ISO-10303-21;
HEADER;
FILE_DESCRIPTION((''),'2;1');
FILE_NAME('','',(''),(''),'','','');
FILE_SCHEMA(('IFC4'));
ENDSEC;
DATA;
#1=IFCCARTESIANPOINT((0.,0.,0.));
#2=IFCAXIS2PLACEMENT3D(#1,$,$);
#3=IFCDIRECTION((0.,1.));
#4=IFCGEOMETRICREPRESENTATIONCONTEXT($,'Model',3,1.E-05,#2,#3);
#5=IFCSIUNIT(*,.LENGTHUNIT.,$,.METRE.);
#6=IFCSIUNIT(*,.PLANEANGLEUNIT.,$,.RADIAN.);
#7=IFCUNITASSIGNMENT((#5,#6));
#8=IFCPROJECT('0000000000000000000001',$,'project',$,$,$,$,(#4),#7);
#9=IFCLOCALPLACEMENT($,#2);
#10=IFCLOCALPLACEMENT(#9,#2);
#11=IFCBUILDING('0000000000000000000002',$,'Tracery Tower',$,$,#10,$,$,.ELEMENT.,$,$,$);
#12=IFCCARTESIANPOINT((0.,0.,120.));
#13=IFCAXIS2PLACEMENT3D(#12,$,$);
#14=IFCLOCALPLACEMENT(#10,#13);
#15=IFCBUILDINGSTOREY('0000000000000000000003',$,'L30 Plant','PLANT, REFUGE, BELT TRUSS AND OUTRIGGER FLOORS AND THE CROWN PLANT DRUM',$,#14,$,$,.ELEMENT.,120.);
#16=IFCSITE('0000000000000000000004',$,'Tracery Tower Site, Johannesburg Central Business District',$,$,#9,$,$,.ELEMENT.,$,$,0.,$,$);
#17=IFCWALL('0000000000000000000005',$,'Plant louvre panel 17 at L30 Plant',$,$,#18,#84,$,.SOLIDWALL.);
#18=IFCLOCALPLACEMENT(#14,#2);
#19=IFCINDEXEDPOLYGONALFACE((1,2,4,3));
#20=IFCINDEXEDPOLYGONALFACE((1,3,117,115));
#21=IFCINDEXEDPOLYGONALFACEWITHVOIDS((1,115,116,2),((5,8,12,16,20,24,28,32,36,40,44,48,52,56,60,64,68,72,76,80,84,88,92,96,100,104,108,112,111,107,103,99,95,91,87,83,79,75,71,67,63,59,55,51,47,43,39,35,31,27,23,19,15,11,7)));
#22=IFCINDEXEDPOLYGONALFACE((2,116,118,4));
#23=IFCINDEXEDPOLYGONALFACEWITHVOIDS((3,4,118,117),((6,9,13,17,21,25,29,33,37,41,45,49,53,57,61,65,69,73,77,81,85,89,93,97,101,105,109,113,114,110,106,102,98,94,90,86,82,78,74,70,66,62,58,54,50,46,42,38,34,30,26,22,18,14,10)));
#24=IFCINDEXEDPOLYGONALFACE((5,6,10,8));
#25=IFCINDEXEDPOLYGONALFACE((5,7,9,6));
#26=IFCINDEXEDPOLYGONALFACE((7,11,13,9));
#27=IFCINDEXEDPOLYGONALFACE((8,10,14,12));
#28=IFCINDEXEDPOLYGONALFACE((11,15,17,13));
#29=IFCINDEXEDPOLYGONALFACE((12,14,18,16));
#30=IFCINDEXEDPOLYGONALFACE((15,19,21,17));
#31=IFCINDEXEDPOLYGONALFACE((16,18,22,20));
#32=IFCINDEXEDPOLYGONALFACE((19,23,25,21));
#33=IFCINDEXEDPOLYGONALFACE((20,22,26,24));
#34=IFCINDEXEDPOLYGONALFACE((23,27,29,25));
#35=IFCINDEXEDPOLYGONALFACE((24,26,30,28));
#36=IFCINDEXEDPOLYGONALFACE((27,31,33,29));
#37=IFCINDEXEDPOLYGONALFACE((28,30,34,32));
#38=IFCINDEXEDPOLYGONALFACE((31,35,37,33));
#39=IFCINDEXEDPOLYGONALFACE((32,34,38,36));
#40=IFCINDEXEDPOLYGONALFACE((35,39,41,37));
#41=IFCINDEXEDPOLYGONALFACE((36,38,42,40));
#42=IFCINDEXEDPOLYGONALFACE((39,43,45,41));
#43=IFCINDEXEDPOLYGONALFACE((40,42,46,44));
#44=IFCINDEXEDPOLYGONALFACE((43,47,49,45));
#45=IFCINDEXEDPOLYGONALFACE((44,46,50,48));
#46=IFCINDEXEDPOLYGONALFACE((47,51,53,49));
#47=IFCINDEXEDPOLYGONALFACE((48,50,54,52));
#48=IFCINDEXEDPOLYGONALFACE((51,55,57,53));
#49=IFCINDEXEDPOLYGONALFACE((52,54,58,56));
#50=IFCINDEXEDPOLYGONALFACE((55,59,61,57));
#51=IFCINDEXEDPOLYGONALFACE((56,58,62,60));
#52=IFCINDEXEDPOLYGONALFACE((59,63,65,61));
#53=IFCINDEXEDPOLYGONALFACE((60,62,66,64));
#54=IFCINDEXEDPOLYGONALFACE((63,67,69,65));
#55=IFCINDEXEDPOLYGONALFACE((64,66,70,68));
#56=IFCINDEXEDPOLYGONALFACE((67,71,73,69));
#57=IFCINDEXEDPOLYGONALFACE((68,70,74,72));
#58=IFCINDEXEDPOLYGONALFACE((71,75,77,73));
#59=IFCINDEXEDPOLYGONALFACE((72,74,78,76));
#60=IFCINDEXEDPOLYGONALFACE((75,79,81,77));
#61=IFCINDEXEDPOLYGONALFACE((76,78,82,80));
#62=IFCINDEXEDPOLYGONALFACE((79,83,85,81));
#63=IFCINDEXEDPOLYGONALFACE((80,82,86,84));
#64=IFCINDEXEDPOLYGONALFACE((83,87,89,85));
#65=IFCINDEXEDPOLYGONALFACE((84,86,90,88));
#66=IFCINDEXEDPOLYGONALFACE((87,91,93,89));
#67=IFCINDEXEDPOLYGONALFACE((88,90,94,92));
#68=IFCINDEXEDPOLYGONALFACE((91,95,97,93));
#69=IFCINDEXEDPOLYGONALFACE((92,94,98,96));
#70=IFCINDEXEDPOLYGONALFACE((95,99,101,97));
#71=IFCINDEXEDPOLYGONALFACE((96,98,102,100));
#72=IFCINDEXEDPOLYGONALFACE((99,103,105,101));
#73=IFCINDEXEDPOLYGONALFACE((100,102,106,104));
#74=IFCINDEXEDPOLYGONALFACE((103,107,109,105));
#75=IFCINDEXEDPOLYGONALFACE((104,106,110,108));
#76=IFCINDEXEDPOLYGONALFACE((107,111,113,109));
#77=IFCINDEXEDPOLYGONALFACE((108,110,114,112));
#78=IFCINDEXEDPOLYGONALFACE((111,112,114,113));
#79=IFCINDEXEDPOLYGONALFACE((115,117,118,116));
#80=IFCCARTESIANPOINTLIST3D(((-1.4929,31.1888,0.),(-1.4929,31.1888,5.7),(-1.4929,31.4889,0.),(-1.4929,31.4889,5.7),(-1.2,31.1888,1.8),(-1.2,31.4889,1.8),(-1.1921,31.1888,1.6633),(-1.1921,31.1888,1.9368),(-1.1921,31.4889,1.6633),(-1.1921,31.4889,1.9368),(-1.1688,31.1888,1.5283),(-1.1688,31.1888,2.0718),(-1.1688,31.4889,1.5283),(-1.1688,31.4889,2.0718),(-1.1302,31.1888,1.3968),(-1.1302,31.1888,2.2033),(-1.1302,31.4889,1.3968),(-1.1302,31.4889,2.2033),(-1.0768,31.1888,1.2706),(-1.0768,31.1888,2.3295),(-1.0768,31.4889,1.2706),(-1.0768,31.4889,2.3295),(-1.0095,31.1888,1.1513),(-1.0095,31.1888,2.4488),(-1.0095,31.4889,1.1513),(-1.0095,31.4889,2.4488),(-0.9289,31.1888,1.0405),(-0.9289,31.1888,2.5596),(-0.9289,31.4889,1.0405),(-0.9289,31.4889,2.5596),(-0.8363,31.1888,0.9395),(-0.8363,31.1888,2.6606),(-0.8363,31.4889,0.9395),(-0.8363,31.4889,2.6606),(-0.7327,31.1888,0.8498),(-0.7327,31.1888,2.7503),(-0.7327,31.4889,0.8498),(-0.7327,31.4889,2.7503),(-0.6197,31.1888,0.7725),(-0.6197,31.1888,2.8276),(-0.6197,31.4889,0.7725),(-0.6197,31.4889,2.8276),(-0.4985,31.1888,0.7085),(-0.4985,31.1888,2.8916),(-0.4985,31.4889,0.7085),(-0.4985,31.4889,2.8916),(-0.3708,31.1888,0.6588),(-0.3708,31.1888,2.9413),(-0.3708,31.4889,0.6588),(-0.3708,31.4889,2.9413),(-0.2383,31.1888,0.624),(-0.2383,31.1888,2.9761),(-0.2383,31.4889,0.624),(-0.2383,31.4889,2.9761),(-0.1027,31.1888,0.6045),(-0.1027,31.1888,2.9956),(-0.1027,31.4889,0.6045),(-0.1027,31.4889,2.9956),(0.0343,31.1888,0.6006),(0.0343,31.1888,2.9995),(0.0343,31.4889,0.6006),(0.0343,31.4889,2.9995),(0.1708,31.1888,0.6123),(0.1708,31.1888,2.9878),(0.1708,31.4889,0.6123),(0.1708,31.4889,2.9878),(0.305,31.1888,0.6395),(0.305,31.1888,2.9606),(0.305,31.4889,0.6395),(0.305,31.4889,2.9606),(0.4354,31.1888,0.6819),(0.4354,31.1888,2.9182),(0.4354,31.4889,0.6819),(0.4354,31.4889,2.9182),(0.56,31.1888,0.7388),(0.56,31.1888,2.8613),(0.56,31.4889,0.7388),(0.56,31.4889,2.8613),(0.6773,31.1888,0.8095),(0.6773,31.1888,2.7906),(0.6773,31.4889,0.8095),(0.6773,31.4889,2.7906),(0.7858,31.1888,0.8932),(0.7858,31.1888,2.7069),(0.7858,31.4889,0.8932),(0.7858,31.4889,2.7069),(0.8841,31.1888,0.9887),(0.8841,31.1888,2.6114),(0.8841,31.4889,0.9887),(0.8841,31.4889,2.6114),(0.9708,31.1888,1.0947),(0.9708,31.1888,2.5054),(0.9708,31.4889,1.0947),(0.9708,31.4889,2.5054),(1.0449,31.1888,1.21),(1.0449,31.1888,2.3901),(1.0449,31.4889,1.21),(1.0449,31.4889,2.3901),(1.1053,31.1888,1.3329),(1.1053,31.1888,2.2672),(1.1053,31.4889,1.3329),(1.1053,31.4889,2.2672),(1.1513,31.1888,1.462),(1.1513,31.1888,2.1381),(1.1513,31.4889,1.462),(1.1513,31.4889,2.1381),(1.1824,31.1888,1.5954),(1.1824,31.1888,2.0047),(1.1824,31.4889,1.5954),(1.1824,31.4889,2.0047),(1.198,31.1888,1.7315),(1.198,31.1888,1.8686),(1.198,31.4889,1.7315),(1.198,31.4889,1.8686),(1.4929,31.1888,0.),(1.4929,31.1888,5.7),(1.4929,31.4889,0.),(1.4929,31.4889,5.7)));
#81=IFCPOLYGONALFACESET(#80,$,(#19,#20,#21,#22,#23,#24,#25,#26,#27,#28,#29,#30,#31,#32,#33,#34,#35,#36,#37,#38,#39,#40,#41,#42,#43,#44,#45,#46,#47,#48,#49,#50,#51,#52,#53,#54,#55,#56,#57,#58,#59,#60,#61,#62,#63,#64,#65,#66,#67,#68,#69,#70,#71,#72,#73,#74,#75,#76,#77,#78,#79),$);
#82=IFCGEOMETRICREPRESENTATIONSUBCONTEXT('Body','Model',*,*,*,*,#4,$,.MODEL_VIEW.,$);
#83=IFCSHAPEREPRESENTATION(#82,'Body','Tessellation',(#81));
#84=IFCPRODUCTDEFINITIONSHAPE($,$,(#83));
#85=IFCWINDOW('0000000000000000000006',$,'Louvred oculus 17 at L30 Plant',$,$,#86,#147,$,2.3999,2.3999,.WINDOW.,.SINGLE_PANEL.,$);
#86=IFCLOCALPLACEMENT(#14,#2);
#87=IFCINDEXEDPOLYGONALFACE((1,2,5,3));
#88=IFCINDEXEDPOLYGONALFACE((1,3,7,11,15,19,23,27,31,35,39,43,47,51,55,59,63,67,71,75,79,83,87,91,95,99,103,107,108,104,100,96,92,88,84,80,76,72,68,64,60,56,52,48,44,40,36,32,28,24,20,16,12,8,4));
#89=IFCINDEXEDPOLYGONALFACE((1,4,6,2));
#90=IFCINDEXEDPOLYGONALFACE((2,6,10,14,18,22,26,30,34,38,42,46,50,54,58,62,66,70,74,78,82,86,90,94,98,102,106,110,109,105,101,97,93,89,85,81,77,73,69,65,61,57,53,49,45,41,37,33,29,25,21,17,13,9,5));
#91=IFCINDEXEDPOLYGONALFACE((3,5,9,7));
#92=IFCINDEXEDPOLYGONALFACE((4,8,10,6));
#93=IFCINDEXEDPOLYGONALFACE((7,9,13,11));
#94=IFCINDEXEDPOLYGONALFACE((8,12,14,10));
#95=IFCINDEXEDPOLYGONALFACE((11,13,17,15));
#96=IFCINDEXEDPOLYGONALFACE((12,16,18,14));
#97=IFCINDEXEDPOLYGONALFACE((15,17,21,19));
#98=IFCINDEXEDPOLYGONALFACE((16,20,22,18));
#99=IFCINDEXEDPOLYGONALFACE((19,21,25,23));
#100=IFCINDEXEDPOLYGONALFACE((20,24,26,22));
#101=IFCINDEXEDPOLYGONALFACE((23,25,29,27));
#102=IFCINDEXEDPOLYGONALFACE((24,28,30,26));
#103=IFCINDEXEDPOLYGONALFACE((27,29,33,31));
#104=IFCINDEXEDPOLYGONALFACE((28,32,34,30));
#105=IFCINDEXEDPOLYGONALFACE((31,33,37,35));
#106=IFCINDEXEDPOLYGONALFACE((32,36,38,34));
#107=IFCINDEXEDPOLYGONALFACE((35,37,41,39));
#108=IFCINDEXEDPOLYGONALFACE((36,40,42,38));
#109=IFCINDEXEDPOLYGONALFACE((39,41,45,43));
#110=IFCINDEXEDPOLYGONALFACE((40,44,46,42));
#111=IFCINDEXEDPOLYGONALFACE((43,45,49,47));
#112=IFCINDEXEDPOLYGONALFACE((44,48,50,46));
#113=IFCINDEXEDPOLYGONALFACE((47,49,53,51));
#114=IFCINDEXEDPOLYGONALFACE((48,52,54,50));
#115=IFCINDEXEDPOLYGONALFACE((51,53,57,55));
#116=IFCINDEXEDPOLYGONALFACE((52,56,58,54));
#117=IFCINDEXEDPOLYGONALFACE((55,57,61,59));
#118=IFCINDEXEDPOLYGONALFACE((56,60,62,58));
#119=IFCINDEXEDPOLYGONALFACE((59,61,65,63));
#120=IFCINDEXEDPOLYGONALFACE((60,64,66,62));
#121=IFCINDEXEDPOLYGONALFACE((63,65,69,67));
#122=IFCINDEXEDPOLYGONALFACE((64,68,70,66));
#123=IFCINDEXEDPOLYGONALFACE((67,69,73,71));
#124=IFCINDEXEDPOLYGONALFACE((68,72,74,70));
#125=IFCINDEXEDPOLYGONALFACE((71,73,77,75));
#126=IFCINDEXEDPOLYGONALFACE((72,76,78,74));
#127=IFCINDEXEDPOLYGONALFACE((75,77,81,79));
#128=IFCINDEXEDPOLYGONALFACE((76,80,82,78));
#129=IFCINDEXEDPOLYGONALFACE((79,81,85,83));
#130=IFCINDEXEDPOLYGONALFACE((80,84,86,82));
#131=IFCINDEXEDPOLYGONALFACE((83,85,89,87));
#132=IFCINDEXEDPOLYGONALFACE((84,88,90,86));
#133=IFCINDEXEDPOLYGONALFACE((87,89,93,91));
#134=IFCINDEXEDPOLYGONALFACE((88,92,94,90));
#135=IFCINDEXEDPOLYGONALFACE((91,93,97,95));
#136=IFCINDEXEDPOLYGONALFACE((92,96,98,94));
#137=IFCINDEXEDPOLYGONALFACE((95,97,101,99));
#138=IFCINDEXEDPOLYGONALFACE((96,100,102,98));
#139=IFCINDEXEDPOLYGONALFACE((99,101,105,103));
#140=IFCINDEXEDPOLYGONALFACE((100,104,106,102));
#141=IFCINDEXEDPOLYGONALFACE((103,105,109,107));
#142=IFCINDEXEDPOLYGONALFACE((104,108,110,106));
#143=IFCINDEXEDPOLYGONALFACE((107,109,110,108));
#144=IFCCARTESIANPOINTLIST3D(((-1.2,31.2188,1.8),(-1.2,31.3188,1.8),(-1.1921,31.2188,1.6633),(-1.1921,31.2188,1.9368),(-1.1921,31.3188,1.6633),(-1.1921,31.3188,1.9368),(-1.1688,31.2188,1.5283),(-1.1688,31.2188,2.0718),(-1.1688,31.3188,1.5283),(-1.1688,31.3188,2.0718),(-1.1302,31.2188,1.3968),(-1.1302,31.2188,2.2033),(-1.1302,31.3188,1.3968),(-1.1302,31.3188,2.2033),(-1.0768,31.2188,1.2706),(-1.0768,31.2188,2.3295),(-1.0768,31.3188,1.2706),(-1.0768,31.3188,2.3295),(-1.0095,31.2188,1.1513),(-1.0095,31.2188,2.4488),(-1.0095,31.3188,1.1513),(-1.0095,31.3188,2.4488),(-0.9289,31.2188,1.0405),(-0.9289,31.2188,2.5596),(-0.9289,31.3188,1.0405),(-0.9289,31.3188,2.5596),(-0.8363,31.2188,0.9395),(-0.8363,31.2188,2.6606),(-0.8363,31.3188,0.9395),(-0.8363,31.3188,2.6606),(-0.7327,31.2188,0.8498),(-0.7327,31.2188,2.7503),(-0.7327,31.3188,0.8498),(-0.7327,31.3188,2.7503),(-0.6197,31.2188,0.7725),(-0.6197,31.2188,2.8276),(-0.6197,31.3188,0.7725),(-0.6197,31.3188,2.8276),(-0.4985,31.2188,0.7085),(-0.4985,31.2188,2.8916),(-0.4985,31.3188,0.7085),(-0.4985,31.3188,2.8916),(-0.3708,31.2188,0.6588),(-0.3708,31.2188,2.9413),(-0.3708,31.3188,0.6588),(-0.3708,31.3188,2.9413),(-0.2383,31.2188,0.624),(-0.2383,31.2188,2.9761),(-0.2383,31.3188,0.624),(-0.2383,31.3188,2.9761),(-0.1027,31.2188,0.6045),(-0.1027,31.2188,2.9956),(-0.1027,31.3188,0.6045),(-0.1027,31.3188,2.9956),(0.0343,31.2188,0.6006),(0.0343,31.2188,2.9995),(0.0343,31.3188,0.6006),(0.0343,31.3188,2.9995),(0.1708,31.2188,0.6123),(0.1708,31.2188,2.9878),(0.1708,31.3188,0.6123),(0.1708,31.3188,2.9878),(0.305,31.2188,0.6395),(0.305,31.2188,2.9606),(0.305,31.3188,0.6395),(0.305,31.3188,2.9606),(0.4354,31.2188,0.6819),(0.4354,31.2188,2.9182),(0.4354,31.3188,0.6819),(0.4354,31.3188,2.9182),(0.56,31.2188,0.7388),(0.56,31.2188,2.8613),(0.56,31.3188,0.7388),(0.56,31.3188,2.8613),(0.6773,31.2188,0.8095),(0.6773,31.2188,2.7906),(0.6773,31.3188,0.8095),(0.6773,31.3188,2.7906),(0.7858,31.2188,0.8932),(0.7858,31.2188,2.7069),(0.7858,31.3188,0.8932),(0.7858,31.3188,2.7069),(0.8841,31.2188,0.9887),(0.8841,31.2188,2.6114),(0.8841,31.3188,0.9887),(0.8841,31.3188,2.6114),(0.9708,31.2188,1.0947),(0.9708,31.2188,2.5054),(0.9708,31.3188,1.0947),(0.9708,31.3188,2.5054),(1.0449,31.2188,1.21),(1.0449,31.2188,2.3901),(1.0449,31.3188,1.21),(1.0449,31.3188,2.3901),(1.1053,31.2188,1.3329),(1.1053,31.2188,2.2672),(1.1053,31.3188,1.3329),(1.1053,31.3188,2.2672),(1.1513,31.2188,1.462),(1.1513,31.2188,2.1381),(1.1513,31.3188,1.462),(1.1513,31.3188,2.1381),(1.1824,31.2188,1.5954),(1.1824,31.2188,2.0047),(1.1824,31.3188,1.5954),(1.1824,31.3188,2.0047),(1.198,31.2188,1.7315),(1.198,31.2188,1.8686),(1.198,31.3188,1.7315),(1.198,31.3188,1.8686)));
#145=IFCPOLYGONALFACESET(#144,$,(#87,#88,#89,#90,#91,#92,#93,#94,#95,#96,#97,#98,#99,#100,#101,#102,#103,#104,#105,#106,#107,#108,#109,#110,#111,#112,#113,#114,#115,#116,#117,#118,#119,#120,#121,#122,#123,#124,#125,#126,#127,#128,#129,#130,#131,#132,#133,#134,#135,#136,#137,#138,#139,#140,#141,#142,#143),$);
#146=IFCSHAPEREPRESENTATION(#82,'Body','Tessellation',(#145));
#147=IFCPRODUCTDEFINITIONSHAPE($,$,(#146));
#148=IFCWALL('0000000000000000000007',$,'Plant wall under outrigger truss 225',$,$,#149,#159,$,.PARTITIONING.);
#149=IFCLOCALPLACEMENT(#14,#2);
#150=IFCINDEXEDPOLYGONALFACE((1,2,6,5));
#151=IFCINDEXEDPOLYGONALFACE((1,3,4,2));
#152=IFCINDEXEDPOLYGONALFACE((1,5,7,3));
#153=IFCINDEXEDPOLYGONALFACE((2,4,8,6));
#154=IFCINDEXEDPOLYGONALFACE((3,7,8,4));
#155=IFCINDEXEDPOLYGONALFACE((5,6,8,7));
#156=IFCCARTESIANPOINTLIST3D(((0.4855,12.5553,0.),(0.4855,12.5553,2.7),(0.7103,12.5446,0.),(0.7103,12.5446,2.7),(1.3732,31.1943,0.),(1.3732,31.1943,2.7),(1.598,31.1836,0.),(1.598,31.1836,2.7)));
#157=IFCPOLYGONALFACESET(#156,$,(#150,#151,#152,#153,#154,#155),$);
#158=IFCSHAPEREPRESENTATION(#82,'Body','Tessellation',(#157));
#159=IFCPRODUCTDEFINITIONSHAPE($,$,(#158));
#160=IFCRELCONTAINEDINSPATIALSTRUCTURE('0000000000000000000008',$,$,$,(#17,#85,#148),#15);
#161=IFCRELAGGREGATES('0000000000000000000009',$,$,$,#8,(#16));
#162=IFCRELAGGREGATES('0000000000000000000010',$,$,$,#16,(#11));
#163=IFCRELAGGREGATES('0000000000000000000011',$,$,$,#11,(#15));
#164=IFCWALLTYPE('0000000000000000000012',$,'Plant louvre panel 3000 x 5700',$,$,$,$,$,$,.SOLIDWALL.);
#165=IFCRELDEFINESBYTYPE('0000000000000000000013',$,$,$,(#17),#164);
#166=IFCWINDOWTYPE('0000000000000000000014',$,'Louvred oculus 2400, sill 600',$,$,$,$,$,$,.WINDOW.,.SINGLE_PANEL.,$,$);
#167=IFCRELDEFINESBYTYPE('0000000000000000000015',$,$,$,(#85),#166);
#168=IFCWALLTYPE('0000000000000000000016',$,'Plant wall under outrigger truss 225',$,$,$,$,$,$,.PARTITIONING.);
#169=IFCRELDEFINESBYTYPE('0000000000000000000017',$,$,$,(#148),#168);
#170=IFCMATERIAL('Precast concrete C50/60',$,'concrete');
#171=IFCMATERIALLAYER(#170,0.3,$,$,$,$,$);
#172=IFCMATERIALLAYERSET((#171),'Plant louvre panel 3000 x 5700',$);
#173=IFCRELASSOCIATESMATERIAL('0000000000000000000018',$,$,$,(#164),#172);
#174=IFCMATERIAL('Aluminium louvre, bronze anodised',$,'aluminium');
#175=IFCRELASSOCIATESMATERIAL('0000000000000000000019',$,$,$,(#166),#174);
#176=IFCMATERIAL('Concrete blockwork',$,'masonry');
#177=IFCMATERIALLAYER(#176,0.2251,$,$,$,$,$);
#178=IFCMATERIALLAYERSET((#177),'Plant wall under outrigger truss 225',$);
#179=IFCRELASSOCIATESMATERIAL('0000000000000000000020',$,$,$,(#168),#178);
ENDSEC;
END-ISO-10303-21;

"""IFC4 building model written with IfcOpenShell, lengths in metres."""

from ifc_helpers import new_model, si_unit, direction, frame, frame_2d, origin, origin_2d, place, context, subcontext, project, spatial, rectangle, circle, extrude, material, layer, layer_set, type_object, element, fill, save


model = new_model("IFC4")

# Units and contexts
model_context = context("Model", 3, precision=1e-05, world=origin(), true_north=direction((0.0, 1.0)))
body_context = subcontext(model_context, "Body", "Model", "MODEL_VIEW")
ifc_project = project(units=[si_unit("LENGTHUNIT", "METRE"), si_unit("PLANEANGLEUNIT", "RADIAN")], contexts=[model_context])

# Site, building, storey
site_placement = place(None, origin())
site = spatial("IfcSite", under=ifc_project, at=site_placement, Name="Tracery Tower Site, Johannesburg Central Business District", CompositionType="ELEMENT", RefElevation=0.0)
building_placement = place(site_placement, origin())
building = spatial("IfcBuilding", under=site, at=building_placement, Name="Tracery Tower", CompositionType="ELEMENT")
storey_placement = place(building_placement, frame((0.0, 0.0, 120.0)))
storey = spatial("IfcBuildingStorey", under=building, at=storey_placement, Name="L30 Plant", Description="PLANT, REFUGE, BELT TRUSS AND OUTRIGGER FLOORS AND THE CROWN PLANT DRUM", CompositionType="ELEMENT", Elevation=120.0)

# Wall, opening, window
ifc_material_1 = material(Name="Precast concrete C50/60", Category="concrete")
ifc_layer_1 = layer(ifc_material_1, 0.3)
ifc_layer_set_1 = layer_set([ifc_layer_1], Name="Plant louvre panel 3000 x 5700")
wall_type_1 = type_object("IfcWallType", Name="Plant louvre panel 3000 x 5700", PredefinedType="SOLIDWALL", material=ifc_layer_set_1)
ifc_material_2 = material(Name="Aluminium louvre, bronze anodised", Category="aluminium")
window_type = type_object("IfcWindowType", Name="Louvred oculus 2400, sill 600", PartitioningType="SINGLE_PANEL", PredefinedType="WINDOW", material=ifc_material_2)
wall_1_placement = place(storey_placement, frame((1.4929, 31.3389, 0.0), z_axis=(0.0, 0.0, 1.0), x_axis=(-1.0, 0.0, 0.0)))
wall_1 = element("IfcWall", 1, at=wall_1_placement, inside=storey, type_object=wall_type_1, Name="Plant louvre panel 17 at L30 Plant", PredefinedType="SOLIDWALL", context=body_context, shape_type="SweptSolid", body=[
    extrude(rectangle(XDim=2.9858, YDim=0.3, at=frame_2d((1.4929, 0.0))), origin(), (0.0, 0.0, 1.0), 5.7),
])
opening_1_placement = place(wall_1_placement, frame((1.4929, 0.0, 1.8)))
opening_1 = element("IfcOpeningElement", 2, at=opening_1_placement, cuts=wall_1, PredefinedType="OPENING", context=body_context, shape_type="SweptSolid", body=[
    extrude(circle(Radius=1.2, at=origin_2d()), frame((0.0, 0.1599, 0.0), z_axis=(0.0, -1.0, 0.0), x_axis=(1.0, 0.0, 0.0)), (0.0, 0.0, 1.0), 0.3201),
])
window_1_placement = place(opening_1_placement, origin())
window_1 = element("IfcWindow", 3, at=window_1_placement, inside=storey, type_object=window_type, Name="Louvred oculus 17 at L30 Plant", OverallHeight=2.3999, OverallWidth=2.3999, PartitioningType="SINGLE_PANEL", PredefinedType="WINDOW", context=body_context, shape_type="SweptSolid", body=[
    extrude(circle(Radius=1.2, at=origin_2d()), frame((0.0, 0.1201, 0.0), z_axis=(0.0, -1.0, 0.0), x_axis=(1.0, 0.0, 0.0)), (0.0, 0.0, 1.0), 0.1001),
])
fill(opening_1, window_1)

# Wall
ifc_material_3 = material(Name="Concrete blockwork", Category="masonry")
ifc_layer_2 = layer(ifc_material_3, 0.2251)
ifc_layer_set_2 = layer_set([ifc_layer_2], Name="Plant wall under outrigger truss 225")
wall_type_2 = type_object("IfcWallType", Name="Plant wall under outrigger truss 225", PredefinedType="PARTITIONING", material=ifc_layer_set_2)
wall_2_placement = place(storey_placement, frame((1.4856, 31.189, 0.0), z_axis=(0.0, 0.0, 1.0), x_axis=(-0.047572, -0.998868, 0.0)))
element("IfcWall", 4, at=wall_2_placement, inside=storey, type_object=wall_type_2, Name="Plant wall under outrigger truss 225", PredefinedType="PARTITIONING", context=body_context, shape_type="SweptSolid", body=[
    extrude(rectangle(XDim=18.6602, YDim=0.2251, at=frame_2d((9.3301, 0.0))), origin(), (0.0, 0.0, 1.0), 2.7),
])

save(model, "model.ifc")
